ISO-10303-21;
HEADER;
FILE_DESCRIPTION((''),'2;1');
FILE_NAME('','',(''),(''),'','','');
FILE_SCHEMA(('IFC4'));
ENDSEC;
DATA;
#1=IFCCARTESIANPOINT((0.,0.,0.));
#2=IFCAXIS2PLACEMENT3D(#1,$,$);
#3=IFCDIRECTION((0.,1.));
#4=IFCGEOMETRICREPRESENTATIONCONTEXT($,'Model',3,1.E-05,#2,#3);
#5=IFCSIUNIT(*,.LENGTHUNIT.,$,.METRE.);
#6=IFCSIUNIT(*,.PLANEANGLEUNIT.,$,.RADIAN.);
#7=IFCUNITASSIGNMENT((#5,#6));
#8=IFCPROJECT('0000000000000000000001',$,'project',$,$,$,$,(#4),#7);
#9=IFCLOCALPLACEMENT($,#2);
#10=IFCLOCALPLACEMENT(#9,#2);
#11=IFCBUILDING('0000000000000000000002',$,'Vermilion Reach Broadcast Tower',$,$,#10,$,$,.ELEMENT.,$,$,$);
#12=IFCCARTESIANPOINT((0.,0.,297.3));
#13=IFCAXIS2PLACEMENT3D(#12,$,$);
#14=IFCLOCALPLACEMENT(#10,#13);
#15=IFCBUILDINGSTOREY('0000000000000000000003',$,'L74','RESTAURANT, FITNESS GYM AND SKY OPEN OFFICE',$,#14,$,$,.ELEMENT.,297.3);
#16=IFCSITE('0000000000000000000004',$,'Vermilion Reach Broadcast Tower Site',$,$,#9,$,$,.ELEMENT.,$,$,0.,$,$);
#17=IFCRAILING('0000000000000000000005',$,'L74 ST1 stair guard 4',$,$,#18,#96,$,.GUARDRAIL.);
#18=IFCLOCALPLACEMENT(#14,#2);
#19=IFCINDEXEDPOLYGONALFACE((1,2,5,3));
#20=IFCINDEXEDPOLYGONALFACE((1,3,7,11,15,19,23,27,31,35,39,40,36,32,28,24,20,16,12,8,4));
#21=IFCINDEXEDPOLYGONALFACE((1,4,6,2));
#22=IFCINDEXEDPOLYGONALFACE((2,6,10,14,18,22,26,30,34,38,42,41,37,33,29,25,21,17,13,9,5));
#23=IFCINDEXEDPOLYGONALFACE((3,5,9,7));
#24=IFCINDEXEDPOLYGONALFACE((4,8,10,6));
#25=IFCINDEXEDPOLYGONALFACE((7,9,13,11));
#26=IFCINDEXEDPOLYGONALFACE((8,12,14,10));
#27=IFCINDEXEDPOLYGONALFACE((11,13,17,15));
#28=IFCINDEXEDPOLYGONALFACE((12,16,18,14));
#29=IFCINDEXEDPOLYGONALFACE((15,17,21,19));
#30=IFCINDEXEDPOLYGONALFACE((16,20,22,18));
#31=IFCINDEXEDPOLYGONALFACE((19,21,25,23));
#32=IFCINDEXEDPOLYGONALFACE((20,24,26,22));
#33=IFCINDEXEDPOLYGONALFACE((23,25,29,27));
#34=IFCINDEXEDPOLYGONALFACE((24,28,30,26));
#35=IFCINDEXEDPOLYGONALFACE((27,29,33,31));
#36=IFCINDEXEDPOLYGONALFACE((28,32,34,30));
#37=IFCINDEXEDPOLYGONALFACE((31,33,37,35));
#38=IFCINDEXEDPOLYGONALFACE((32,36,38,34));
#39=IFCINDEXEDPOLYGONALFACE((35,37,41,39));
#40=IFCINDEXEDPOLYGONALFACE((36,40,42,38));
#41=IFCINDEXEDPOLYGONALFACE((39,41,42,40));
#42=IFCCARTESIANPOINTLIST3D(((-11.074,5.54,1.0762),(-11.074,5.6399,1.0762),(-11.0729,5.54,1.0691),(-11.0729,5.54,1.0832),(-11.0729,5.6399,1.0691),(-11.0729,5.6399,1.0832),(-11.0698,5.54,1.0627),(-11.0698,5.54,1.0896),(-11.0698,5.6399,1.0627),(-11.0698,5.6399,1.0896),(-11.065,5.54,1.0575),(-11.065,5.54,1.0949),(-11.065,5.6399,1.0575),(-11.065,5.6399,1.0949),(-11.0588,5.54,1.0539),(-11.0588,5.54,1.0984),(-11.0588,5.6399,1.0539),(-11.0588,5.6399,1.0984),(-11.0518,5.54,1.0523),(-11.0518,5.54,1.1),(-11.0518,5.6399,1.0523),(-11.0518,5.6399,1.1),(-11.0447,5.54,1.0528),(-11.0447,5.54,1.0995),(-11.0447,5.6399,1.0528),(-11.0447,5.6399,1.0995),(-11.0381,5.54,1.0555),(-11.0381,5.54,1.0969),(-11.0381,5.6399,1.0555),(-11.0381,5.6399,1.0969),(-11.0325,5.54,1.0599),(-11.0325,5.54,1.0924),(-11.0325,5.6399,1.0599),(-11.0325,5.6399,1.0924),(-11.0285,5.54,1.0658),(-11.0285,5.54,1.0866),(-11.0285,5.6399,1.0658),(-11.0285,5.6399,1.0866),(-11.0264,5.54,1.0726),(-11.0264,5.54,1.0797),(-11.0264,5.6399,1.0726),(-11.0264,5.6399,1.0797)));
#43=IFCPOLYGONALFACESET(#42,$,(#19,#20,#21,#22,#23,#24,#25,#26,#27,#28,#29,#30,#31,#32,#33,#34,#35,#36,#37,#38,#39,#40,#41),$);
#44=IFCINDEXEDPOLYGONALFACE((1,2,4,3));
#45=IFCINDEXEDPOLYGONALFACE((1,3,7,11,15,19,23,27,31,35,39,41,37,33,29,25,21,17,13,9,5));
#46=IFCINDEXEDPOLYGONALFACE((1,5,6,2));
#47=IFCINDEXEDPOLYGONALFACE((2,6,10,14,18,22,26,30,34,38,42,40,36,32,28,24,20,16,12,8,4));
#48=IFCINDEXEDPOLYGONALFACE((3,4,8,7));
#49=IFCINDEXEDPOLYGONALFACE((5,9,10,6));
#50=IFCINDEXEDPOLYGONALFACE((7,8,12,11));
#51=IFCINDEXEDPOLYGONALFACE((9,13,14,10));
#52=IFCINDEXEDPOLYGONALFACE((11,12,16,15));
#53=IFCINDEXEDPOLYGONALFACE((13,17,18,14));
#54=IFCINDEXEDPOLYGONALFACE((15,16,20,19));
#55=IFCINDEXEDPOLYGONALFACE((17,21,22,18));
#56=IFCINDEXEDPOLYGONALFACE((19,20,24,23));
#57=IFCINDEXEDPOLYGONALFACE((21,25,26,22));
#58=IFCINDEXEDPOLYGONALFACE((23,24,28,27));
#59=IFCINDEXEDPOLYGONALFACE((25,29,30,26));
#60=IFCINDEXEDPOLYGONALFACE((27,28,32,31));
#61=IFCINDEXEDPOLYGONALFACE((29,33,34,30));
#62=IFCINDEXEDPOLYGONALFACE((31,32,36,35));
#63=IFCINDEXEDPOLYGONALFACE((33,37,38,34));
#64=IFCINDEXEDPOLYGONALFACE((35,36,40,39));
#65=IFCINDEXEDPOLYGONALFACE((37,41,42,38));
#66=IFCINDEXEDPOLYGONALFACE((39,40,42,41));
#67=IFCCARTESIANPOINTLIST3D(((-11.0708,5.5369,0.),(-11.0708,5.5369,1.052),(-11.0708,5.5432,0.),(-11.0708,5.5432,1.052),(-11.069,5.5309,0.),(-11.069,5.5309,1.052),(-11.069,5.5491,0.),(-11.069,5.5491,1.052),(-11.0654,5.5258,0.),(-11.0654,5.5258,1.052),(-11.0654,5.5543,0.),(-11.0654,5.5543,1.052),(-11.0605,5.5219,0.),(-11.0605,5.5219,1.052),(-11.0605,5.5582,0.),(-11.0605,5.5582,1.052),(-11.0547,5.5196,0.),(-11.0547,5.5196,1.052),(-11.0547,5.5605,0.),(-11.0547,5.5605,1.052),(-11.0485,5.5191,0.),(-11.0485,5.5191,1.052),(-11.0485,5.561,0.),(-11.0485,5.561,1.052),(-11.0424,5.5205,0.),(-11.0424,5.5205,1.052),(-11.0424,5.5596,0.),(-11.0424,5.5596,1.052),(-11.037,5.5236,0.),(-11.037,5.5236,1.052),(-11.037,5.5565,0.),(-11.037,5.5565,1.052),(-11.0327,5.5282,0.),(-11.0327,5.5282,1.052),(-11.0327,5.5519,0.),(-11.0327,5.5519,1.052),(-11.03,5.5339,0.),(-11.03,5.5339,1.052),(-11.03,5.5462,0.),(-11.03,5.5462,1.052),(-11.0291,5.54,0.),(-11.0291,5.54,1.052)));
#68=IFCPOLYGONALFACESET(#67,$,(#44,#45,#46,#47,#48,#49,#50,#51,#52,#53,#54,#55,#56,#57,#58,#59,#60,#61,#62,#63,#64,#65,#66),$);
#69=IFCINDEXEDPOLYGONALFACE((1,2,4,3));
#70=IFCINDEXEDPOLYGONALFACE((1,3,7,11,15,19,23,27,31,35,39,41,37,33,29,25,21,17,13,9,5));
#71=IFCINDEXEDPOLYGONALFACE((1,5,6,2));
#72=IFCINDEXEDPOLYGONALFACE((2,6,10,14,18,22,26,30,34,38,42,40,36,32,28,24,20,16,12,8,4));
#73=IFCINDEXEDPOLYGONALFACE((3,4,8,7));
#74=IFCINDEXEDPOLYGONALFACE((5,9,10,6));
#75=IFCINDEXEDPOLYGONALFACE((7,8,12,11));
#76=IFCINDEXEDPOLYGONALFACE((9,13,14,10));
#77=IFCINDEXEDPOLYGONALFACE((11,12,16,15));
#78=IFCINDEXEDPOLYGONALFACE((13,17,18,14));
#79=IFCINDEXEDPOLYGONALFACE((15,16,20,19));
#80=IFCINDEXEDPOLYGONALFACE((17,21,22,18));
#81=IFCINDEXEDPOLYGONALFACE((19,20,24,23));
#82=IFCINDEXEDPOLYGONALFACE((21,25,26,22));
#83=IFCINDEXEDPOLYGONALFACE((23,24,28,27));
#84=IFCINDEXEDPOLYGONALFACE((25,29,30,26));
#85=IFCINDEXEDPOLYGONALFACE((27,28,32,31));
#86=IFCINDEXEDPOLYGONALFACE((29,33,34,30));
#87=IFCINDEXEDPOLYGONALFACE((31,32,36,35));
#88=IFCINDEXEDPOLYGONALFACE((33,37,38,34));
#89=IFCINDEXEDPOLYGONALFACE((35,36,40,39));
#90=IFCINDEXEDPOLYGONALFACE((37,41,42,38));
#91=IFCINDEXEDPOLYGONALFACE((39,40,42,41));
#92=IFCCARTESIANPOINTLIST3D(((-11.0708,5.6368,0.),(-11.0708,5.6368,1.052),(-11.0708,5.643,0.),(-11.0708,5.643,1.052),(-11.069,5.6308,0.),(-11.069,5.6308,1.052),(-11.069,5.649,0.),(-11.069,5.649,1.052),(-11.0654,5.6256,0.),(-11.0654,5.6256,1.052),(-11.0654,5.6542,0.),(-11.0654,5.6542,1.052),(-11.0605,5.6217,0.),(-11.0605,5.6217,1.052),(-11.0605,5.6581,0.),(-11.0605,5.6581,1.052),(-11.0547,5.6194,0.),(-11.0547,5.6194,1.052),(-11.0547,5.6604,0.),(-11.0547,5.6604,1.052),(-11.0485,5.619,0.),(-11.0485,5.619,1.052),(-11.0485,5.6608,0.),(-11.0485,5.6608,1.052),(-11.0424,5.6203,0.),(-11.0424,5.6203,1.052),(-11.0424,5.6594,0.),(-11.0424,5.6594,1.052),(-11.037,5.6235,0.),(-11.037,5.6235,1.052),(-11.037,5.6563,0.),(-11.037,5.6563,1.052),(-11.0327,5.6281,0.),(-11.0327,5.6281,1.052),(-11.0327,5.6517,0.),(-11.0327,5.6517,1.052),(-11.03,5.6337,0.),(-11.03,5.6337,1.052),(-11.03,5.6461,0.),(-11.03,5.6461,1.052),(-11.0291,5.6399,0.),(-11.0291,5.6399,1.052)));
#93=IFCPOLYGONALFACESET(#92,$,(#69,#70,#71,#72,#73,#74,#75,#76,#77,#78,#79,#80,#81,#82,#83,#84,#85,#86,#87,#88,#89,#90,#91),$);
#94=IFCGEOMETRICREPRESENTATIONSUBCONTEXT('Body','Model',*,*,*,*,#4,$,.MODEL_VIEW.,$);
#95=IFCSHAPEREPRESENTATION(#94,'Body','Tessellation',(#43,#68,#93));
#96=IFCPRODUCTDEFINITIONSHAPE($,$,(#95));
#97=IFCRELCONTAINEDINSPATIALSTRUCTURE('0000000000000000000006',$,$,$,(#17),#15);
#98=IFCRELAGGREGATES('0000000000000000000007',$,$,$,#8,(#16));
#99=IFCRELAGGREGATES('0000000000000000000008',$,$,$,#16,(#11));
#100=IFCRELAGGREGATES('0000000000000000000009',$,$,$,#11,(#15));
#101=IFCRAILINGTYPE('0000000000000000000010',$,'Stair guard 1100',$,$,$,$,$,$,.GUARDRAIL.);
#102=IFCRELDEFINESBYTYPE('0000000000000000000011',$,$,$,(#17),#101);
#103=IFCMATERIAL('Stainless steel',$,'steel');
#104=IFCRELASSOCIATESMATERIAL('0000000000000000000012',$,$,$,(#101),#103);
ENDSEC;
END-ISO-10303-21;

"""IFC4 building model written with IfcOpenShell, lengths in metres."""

from ifc_helpers import new_model, si_unit, direction, frame, origin, origin_2d, place, context, subcontext, project, spatial, circle, extrude, material, type_object, element, save


model = new_model("IFC4")

# Units and contexts
model_context = context("Model", 3, precision=1e-05, world=origin(), true_north=direction((0.0, 1.0)))
body_context = subcontext(model_context, "Body", "Model", "MODEL_VIEW")
ifc_project = project(units=[si_unit("LENGTHUNIT", "METRE"), si_unit("PLANEANGLEUNIT", "RADIAN")], contexts=[model_context])

# Site, building, storey
site_placement = place(None, origin())
site = spatial("IfcSite", under=ifc_project, at=site_placement, Name="Vermilion Reach Broadcast Tower Site", CompositionType="ELEMENT", RefElevation=0.0)
building_placement = place(site_placement, origin())
building = spatial("IfcBuilding", under=site, at=building_placement, Name="Vermilion Reach Broadcast Tower", CompositionType="ELEMENT")
storey_placement = place(building_placement, frame((0.0, 0.0, 297.3)))
storey = spatial("IfcBuildingStorey", under=building, at=storey_placement, Name="L74", Description="RESTAURANT, FITNESS GYM AND SKY OPEN OFFICE", CompositionType="ELEMENT", Elevation=297.3)

# Railing
ifc_material_1 = material(Name="Stainless steel", Category="steel")
railing_type_1 = type_object("IfcRailingType", Name="Stair guard 1100", PredefinedType="GUARDRAIL", material=ifc_material_1)
railing_1_placement = place(storey_placement, frame((-11.05, 5.54, 0.0)))
element("IfcRailing", 1, at=railing_1_placement, inside=storey, type_object=railing_type_1, Name="L74 ST1 stair guard 4", PredefinedType="GUARDRAIL", context=body_context, shape_type="SweptSolid", body=[
    extrude(circle(Radius=0.0239, at=origin_2d()), frame((0.0, 0.0, 1.0762), z_axis=(0.0, 1.0, 0.0), x_axis=(-1.0, 0.0, 0.0)), (0.0, 0.0, 1.0), 0.0999),
    extrude(circle(Radius=0.021, at=origin_2d()), origin(), (0.0, 0.0, 1.0), 1.052),
    extrude(circle(Radius=0.021, at=origin_2d()), frame((0.0, 0.0999, 0.0)), (0.0, 0.0, 1.0), 1.052),
])

save(model, "model.ifc")
